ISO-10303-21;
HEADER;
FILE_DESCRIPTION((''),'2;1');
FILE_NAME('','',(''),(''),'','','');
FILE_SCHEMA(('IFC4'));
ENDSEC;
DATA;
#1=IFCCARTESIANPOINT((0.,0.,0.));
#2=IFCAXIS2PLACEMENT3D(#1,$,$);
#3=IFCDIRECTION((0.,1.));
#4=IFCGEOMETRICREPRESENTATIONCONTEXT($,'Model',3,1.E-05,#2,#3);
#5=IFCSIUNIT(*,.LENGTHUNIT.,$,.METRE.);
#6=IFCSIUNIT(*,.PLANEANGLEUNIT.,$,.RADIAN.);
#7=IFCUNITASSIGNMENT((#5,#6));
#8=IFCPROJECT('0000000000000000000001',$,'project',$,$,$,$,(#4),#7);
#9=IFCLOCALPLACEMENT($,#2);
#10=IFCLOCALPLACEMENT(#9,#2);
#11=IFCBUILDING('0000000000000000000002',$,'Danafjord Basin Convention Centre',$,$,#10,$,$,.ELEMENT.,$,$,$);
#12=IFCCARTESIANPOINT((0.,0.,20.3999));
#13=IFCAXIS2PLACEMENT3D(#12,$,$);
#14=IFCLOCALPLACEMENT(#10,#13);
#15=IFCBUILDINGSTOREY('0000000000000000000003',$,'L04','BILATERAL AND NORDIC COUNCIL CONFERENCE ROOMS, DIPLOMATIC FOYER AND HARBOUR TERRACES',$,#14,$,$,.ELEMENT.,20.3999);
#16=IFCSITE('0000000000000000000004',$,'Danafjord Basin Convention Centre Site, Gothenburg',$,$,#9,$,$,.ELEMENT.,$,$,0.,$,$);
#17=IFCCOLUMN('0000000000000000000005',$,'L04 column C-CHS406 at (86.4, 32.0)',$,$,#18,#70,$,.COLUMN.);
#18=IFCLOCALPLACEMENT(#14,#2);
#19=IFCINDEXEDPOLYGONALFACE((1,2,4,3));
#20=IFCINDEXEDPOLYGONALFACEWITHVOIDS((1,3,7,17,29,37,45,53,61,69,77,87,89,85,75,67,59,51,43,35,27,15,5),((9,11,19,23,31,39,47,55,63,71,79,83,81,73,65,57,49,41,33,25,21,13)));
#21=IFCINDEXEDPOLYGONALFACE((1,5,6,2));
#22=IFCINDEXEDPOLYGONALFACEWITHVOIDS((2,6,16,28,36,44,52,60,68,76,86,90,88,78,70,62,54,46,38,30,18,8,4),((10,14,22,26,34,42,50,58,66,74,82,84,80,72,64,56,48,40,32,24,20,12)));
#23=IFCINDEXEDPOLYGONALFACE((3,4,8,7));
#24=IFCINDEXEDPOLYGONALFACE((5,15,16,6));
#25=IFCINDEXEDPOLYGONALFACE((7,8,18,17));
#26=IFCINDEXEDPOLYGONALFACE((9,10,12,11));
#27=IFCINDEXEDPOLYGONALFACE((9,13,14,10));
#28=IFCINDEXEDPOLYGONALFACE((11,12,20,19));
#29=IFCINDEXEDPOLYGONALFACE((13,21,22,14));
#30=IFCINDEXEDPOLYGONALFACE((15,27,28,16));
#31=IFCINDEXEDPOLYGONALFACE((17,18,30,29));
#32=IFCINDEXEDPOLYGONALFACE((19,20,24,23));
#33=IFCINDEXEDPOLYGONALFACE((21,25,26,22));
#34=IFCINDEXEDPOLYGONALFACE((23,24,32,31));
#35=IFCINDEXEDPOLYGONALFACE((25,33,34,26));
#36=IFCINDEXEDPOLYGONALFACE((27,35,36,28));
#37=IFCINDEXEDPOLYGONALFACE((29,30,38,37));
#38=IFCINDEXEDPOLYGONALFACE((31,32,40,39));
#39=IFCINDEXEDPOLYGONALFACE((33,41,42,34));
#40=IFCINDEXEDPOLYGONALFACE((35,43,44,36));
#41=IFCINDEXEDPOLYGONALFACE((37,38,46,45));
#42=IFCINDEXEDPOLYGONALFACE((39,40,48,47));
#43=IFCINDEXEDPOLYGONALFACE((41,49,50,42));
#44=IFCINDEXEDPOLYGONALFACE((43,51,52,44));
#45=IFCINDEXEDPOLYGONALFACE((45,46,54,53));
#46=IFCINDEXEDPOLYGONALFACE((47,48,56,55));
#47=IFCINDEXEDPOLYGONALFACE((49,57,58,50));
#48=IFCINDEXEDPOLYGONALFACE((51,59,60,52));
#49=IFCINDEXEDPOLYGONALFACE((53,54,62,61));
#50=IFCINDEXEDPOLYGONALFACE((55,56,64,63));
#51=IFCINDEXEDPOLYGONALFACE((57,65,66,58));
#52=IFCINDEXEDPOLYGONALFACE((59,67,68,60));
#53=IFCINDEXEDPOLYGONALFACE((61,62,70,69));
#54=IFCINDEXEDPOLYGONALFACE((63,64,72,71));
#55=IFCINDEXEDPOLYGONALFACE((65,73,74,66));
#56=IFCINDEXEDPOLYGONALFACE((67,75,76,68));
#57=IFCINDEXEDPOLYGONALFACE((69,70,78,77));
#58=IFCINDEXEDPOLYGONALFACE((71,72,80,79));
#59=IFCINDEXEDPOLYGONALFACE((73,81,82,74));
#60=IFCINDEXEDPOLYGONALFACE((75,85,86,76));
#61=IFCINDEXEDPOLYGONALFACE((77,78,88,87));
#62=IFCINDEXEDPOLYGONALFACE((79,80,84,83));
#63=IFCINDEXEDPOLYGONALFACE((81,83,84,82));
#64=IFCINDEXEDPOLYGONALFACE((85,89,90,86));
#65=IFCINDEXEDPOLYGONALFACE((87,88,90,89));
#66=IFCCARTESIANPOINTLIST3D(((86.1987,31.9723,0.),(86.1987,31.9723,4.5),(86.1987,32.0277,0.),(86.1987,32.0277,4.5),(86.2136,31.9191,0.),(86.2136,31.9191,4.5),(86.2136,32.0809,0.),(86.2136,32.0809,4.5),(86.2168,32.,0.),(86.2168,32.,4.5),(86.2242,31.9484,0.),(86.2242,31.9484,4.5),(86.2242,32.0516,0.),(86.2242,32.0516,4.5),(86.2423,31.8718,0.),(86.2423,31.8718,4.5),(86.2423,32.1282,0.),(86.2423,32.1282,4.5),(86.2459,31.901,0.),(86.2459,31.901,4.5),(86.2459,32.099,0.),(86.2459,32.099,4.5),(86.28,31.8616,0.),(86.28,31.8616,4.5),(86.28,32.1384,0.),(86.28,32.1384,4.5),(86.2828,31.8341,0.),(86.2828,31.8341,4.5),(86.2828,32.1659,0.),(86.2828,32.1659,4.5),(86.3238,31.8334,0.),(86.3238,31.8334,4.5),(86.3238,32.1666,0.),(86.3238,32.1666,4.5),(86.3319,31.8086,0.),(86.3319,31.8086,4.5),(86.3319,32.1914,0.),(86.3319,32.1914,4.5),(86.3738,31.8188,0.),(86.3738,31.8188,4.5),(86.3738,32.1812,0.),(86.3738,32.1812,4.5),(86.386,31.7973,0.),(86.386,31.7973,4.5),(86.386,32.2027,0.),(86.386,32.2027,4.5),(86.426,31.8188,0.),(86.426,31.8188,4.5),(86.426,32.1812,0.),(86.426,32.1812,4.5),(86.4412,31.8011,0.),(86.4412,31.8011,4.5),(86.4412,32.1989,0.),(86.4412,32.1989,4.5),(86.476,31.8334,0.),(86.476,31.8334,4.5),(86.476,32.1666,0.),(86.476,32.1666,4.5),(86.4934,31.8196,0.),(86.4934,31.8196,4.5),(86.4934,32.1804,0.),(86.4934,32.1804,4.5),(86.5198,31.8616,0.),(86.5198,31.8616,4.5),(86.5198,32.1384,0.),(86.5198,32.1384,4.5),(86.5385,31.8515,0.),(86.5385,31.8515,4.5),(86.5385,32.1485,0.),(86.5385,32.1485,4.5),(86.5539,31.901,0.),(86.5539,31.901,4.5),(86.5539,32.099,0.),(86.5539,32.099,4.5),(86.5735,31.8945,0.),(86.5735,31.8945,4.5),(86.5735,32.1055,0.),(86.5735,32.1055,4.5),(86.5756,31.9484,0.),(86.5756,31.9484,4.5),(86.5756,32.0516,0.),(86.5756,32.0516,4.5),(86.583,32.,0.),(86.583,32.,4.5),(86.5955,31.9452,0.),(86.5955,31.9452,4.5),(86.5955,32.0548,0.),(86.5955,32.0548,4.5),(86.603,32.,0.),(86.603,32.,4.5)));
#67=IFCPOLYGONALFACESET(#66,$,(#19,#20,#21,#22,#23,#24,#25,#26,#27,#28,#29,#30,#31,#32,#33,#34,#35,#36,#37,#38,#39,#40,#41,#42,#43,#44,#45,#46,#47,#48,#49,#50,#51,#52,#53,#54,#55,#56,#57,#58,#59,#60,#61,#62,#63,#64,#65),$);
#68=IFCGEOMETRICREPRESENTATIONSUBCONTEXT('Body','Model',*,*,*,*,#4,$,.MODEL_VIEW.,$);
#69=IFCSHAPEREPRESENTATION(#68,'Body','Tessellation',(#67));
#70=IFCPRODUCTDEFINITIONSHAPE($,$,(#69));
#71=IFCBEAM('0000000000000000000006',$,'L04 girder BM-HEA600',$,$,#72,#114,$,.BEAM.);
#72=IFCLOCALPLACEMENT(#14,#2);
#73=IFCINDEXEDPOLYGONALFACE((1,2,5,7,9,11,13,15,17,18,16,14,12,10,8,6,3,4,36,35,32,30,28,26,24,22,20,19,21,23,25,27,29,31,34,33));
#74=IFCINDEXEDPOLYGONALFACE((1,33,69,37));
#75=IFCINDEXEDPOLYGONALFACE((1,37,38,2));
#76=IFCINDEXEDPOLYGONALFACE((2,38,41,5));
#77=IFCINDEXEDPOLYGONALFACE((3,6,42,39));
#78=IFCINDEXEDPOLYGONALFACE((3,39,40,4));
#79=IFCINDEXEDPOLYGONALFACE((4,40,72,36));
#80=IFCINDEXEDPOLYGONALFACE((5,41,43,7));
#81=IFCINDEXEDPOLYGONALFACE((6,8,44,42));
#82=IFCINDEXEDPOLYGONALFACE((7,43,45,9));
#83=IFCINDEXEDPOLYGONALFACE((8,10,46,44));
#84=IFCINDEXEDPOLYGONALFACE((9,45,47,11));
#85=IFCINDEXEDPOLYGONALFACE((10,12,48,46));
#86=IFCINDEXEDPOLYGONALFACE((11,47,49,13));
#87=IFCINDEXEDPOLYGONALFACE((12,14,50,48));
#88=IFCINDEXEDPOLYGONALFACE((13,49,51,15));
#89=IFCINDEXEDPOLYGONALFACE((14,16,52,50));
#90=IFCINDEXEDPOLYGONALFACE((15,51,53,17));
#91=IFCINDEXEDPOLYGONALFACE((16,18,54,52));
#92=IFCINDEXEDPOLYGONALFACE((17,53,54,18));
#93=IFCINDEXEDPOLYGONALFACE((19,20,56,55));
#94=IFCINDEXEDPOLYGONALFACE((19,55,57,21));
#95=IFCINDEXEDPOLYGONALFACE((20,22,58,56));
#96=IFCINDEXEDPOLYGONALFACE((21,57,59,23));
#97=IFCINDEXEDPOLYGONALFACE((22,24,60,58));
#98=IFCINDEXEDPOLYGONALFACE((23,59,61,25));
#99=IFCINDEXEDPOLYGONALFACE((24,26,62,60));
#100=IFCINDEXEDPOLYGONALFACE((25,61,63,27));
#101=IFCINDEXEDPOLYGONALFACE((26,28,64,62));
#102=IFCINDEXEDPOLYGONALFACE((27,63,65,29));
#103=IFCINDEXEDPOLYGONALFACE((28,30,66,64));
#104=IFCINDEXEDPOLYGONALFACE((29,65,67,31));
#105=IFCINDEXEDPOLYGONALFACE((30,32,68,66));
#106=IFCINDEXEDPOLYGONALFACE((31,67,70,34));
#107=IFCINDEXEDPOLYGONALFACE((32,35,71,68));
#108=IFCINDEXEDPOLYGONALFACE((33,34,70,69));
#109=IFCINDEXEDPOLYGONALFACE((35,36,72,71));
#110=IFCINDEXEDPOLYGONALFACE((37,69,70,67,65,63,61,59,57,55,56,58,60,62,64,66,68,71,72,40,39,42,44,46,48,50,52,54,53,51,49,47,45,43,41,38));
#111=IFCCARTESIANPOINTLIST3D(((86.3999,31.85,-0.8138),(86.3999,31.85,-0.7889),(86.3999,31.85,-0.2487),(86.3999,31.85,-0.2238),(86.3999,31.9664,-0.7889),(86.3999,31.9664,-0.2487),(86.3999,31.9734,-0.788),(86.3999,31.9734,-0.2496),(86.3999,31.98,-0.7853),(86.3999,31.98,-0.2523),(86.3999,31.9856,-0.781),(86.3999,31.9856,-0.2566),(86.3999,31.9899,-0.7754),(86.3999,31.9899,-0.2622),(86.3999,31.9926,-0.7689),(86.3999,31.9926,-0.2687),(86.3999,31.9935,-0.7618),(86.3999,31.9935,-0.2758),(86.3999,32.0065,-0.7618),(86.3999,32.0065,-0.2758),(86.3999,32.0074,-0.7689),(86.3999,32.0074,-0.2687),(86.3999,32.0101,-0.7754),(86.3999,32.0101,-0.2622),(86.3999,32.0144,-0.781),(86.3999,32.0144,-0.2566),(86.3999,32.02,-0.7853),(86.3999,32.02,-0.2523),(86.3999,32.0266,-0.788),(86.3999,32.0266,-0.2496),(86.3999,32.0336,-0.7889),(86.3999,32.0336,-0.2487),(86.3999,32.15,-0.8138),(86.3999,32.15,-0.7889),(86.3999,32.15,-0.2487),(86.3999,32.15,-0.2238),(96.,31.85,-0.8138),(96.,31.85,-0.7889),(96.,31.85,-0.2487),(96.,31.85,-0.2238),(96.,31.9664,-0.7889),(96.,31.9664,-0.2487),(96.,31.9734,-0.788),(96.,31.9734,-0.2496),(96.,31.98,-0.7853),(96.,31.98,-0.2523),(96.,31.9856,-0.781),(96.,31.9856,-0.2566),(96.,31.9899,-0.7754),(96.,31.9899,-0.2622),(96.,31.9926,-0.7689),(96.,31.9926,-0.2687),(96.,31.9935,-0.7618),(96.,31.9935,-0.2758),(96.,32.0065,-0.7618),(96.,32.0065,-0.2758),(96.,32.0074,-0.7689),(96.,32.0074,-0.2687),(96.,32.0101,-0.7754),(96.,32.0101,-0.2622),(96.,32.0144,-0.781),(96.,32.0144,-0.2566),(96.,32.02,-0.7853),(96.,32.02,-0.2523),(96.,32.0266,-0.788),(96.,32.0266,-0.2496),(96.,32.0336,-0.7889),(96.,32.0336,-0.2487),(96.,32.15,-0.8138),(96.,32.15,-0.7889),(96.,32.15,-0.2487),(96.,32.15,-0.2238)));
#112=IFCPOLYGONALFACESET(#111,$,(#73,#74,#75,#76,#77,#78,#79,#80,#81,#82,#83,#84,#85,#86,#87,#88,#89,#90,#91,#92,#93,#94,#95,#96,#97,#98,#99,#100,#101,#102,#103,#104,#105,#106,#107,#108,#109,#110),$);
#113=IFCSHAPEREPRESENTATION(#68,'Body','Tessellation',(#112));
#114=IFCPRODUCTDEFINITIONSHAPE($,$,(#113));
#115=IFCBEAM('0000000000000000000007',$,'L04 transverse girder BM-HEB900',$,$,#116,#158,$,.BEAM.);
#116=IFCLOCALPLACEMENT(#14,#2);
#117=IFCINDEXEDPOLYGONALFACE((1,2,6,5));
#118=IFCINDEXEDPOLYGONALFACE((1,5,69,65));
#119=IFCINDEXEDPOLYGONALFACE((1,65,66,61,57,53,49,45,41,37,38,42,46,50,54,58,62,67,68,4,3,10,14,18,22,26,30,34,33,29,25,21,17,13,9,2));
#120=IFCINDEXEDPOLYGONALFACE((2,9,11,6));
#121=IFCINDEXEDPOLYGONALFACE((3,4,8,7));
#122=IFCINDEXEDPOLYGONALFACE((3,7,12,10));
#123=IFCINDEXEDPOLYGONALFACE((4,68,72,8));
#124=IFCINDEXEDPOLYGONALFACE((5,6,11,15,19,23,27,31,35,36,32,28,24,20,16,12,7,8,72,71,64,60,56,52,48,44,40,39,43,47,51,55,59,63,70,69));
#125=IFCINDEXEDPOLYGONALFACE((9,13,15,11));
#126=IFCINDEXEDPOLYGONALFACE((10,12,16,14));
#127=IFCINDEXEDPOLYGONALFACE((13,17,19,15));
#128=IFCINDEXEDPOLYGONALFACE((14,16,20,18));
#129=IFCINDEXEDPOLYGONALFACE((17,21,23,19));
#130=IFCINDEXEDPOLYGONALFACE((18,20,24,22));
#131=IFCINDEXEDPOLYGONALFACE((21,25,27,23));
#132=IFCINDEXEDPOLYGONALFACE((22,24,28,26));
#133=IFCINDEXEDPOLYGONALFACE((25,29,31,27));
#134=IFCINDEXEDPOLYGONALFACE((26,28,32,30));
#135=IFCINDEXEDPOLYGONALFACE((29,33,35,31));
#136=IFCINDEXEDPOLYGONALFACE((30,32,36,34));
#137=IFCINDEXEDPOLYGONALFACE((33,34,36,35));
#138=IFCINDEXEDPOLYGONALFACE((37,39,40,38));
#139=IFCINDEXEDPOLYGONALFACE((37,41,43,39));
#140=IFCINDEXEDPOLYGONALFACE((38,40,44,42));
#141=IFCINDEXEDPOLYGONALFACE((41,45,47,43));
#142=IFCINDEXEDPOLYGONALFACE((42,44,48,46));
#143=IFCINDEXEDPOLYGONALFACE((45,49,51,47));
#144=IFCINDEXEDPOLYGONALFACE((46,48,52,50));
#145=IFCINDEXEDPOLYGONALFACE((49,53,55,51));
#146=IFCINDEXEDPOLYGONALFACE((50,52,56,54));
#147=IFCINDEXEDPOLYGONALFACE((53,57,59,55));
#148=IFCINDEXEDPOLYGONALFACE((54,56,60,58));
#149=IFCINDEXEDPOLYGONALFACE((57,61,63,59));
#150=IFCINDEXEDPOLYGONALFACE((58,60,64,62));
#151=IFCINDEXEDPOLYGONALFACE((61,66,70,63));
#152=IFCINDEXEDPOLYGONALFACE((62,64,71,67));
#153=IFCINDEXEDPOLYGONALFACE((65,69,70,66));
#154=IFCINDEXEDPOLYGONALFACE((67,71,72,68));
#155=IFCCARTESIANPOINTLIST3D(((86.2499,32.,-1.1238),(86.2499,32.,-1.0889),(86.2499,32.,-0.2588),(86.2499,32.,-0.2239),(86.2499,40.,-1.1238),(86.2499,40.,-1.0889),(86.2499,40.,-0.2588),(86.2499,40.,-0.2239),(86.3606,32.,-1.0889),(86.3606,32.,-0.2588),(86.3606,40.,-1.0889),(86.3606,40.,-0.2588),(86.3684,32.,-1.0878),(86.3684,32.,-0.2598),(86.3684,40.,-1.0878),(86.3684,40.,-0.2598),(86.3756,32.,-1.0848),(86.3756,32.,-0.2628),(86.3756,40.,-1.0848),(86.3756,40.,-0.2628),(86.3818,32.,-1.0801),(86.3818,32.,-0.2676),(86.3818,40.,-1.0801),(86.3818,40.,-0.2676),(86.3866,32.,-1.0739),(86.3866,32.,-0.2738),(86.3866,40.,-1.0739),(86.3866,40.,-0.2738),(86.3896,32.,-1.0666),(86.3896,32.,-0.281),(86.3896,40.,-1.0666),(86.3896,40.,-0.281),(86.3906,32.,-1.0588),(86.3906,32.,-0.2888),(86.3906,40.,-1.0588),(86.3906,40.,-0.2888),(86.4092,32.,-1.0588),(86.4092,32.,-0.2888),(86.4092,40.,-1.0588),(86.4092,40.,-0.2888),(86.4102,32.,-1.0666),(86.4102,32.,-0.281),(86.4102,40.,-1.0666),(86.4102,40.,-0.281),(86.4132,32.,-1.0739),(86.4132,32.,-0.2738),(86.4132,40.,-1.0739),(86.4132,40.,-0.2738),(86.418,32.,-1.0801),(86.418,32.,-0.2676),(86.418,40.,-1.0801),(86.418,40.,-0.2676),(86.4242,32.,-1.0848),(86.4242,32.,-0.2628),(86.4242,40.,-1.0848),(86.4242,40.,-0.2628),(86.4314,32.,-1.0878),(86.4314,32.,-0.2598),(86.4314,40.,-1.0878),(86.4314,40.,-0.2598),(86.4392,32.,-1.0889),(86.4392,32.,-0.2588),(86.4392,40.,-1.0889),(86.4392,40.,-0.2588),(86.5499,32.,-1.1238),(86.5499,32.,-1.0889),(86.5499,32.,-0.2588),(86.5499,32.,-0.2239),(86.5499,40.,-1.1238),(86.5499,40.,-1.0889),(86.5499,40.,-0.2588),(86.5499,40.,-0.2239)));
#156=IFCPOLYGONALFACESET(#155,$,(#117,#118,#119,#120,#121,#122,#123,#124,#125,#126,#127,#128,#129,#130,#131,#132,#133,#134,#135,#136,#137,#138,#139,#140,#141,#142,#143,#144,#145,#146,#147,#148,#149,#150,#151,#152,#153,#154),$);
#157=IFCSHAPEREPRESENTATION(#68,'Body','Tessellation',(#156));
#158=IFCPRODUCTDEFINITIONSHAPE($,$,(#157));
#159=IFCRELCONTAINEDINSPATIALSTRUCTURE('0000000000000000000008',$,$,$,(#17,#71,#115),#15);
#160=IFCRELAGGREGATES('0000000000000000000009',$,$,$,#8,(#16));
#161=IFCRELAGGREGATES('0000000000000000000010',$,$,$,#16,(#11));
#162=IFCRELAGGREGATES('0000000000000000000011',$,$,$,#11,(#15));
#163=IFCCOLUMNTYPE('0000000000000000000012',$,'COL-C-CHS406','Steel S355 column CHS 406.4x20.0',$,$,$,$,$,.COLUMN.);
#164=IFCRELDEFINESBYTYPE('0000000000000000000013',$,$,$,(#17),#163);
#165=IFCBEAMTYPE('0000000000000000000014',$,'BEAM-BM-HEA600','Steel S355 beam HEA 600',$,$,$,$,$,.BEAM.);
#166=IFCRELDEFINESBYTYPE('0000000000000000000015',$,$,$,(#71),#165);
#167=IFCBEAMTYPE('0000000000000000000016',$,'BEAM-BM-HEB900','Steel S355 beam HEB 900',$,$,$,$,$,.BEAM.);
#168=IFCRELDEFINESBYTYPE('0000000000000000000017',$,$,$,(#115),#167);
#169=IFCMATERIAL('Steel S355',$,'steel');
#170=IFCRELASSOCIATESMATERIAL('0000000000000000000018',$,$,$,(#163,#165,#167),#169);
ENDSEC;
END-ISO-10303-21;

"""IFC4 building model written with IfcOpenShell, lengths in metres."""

from ifc_helpers import new_model, si_unit, direction, frame, origin, origin_2d, place, context, subcontext, project, spatial, hollow_circle, i_section, extrude, material, material_profile, profile_set, type_object, element, save


model = new_model("IFC4")

# Units and contexts
model_context = context("Model", 3, precision=1e-05, world=origin(), true_north=direction((0.0, 1.0)))
body_context = subcontext(model_context, "Body", "Model", "MODEL_VIEW")
ifc_project = project(units=[si_unit("LENGTHUNIT", "METRE"), si_unit("PLANEANGLEUNIT", "RADIAN")], contexts=[model_context])

# Site, building, storey
site_placement = place(None, origin())
site = spatial("IfcSite", under=ifc_project, at=site_placement, Name="Danafjord Basin Convention Centre Site, Gothenburg", CompositionType="ELEMENT", RefElevation=0.0)
building_placement = place(site_placement, origin())
building = spatial("IfcBuilding", under=site, at=building_placement, Name="Danafjord Basin Convention Centre", CompositionType="ELEMENT")
storey_placement = place(building_placement, frame((0.0, 0.0, 20.3999)))
storey = spatial("IfcBuildingStorey", under=building, at=storey_placement, Name="L04", Description="BILATERAL AND NORDIC COUNCIL CONFERENCE ROOMS, DIPLOMATIC FOYER AND HARBOUR TERRACES", CompositionType="ELEMENT", Elevation=20.3999)

# Column
ifc_material_1 = material(Name="Steel S355", Category="steel")
ifc_material_profile_1 = material_profile(ifc_material_1, hollow_circle(Radius=0.2031, WallThickness=0.02, at=origin_2d()), Name="CHS 406.4x20.0")
ifc_profile_set_1 = profile_set([ifc_material_profile_1], Name="Steel S355")
column_type = type_object("IfcColumnType", Name="COL-C-CHS406", Description="Steel S355 column CHS 406.4x20.0", PredefinedType="COLUMN", material=ifc_profile_set_1)
column_placement = place(storey_placement, frame((86.3999, 32.0, 0.0), z_axis=(0.0, 0.0, 1.0), x_axis=(1.0, 0.0, 0.0)))
element("IfcColumn", 1, at=column_placement, inside=storey, type_object=column_type, Name="L04 column C-CHS406 at (86.4, 32.0)", PredefinedType="COLUMN", context=body_context, shape_type="SweptSolid", body=[
    extrude(hollow_circle(Radius=0.2031, WallThickness=0.02, at=origin_2d()), origin(), (0.0, 0.0, 1.0), 4.5),
])

# Beams
ifc_material_profile_2 = material_profile(ifc_material_1, i_section(OverallWidth=0.3, OverallDepth=0.5901, WebThickness=0.0129, FlangeThickness=0.0249, FilletRadius=0.0271, at=origin_2d()), Name="HEA 600")
ifc_profile_set_2 = profile_set([ifc_material_profile_2], Name="Steel S355")
beam_type_1 = type_object("IfcBeamType", Name="BEAM-BM-HEA600", Description="Steel S355 beam HEA 600", PredefinedType="BEAM", material=ifc_profile_set_2)
beam_1_placement = place(storey_placement, frame((86.3999, 32.0, -0.5188), z_axis=(1.0, 0.0, 0.0), x_axis=(0.0, 1.0, 0.0)))
element("IfcBeam", 2, at=beam_1_placement, inside=storey, type_object=beam_type_1, Name="L04 girder BM-HEA600", PredefinedType="BEAM", context=body_context, shape_type="SweptSolid", body=[
    extrude(i_section(OverallWidth=0.3, OverallDepth=0.5901, WebThickness=0.0129, FlangeThickness=0.0249, FilletRadius=0.0271, at=origin_2d()), origin(), (0.0, 0.0, 1.0), 9.6001),
])
ifc_material_profile_3 = material_profile(ifc_material_1, i_section(OverallWidth=0.3, OverallDepth=0.8999, WebThickness=0.0186, FlangeThickness=0.0349, FilletRadius=0.03, at=origin_2d()), Name="HEB 900")
ifc_profile_set_3 = profile_set([ifc_material_profile_3], Name="Steel S355")
beam_type_2 = type_object("IfcBeamType", Name="BEAM-BM-HEB900", Description="Steel S355 beam HEB 900", PredefinedType="BEAM", material=ifc_profile_set_3)
beam_2_placement = place(storey_placement, frame((86.3999, 32.0, -0.6738), z_axis=(0.0, 1.0, 0.0), x_axis=(-1.0, 0.0, 0.0)))
element("IfcBeam", 3, at=beam_2_placement, inside=storey, type_object=beam_type_2, Name="L04 transverse girder BM-HEB900", PredefinedType="BEAM", context=body_context, shape_type="SweptSolid", body=[
    extrude(i_section(OverallWidth=0.3, OverallDepth=0.8999, WebThickness=0.0186, FlangeThickness=0.0349, FilletRadius=0.03, at=origin_2d()), origin(), (0.0, 0.0, 1.0), 8.0),
])

save(model, "model.ifc")
